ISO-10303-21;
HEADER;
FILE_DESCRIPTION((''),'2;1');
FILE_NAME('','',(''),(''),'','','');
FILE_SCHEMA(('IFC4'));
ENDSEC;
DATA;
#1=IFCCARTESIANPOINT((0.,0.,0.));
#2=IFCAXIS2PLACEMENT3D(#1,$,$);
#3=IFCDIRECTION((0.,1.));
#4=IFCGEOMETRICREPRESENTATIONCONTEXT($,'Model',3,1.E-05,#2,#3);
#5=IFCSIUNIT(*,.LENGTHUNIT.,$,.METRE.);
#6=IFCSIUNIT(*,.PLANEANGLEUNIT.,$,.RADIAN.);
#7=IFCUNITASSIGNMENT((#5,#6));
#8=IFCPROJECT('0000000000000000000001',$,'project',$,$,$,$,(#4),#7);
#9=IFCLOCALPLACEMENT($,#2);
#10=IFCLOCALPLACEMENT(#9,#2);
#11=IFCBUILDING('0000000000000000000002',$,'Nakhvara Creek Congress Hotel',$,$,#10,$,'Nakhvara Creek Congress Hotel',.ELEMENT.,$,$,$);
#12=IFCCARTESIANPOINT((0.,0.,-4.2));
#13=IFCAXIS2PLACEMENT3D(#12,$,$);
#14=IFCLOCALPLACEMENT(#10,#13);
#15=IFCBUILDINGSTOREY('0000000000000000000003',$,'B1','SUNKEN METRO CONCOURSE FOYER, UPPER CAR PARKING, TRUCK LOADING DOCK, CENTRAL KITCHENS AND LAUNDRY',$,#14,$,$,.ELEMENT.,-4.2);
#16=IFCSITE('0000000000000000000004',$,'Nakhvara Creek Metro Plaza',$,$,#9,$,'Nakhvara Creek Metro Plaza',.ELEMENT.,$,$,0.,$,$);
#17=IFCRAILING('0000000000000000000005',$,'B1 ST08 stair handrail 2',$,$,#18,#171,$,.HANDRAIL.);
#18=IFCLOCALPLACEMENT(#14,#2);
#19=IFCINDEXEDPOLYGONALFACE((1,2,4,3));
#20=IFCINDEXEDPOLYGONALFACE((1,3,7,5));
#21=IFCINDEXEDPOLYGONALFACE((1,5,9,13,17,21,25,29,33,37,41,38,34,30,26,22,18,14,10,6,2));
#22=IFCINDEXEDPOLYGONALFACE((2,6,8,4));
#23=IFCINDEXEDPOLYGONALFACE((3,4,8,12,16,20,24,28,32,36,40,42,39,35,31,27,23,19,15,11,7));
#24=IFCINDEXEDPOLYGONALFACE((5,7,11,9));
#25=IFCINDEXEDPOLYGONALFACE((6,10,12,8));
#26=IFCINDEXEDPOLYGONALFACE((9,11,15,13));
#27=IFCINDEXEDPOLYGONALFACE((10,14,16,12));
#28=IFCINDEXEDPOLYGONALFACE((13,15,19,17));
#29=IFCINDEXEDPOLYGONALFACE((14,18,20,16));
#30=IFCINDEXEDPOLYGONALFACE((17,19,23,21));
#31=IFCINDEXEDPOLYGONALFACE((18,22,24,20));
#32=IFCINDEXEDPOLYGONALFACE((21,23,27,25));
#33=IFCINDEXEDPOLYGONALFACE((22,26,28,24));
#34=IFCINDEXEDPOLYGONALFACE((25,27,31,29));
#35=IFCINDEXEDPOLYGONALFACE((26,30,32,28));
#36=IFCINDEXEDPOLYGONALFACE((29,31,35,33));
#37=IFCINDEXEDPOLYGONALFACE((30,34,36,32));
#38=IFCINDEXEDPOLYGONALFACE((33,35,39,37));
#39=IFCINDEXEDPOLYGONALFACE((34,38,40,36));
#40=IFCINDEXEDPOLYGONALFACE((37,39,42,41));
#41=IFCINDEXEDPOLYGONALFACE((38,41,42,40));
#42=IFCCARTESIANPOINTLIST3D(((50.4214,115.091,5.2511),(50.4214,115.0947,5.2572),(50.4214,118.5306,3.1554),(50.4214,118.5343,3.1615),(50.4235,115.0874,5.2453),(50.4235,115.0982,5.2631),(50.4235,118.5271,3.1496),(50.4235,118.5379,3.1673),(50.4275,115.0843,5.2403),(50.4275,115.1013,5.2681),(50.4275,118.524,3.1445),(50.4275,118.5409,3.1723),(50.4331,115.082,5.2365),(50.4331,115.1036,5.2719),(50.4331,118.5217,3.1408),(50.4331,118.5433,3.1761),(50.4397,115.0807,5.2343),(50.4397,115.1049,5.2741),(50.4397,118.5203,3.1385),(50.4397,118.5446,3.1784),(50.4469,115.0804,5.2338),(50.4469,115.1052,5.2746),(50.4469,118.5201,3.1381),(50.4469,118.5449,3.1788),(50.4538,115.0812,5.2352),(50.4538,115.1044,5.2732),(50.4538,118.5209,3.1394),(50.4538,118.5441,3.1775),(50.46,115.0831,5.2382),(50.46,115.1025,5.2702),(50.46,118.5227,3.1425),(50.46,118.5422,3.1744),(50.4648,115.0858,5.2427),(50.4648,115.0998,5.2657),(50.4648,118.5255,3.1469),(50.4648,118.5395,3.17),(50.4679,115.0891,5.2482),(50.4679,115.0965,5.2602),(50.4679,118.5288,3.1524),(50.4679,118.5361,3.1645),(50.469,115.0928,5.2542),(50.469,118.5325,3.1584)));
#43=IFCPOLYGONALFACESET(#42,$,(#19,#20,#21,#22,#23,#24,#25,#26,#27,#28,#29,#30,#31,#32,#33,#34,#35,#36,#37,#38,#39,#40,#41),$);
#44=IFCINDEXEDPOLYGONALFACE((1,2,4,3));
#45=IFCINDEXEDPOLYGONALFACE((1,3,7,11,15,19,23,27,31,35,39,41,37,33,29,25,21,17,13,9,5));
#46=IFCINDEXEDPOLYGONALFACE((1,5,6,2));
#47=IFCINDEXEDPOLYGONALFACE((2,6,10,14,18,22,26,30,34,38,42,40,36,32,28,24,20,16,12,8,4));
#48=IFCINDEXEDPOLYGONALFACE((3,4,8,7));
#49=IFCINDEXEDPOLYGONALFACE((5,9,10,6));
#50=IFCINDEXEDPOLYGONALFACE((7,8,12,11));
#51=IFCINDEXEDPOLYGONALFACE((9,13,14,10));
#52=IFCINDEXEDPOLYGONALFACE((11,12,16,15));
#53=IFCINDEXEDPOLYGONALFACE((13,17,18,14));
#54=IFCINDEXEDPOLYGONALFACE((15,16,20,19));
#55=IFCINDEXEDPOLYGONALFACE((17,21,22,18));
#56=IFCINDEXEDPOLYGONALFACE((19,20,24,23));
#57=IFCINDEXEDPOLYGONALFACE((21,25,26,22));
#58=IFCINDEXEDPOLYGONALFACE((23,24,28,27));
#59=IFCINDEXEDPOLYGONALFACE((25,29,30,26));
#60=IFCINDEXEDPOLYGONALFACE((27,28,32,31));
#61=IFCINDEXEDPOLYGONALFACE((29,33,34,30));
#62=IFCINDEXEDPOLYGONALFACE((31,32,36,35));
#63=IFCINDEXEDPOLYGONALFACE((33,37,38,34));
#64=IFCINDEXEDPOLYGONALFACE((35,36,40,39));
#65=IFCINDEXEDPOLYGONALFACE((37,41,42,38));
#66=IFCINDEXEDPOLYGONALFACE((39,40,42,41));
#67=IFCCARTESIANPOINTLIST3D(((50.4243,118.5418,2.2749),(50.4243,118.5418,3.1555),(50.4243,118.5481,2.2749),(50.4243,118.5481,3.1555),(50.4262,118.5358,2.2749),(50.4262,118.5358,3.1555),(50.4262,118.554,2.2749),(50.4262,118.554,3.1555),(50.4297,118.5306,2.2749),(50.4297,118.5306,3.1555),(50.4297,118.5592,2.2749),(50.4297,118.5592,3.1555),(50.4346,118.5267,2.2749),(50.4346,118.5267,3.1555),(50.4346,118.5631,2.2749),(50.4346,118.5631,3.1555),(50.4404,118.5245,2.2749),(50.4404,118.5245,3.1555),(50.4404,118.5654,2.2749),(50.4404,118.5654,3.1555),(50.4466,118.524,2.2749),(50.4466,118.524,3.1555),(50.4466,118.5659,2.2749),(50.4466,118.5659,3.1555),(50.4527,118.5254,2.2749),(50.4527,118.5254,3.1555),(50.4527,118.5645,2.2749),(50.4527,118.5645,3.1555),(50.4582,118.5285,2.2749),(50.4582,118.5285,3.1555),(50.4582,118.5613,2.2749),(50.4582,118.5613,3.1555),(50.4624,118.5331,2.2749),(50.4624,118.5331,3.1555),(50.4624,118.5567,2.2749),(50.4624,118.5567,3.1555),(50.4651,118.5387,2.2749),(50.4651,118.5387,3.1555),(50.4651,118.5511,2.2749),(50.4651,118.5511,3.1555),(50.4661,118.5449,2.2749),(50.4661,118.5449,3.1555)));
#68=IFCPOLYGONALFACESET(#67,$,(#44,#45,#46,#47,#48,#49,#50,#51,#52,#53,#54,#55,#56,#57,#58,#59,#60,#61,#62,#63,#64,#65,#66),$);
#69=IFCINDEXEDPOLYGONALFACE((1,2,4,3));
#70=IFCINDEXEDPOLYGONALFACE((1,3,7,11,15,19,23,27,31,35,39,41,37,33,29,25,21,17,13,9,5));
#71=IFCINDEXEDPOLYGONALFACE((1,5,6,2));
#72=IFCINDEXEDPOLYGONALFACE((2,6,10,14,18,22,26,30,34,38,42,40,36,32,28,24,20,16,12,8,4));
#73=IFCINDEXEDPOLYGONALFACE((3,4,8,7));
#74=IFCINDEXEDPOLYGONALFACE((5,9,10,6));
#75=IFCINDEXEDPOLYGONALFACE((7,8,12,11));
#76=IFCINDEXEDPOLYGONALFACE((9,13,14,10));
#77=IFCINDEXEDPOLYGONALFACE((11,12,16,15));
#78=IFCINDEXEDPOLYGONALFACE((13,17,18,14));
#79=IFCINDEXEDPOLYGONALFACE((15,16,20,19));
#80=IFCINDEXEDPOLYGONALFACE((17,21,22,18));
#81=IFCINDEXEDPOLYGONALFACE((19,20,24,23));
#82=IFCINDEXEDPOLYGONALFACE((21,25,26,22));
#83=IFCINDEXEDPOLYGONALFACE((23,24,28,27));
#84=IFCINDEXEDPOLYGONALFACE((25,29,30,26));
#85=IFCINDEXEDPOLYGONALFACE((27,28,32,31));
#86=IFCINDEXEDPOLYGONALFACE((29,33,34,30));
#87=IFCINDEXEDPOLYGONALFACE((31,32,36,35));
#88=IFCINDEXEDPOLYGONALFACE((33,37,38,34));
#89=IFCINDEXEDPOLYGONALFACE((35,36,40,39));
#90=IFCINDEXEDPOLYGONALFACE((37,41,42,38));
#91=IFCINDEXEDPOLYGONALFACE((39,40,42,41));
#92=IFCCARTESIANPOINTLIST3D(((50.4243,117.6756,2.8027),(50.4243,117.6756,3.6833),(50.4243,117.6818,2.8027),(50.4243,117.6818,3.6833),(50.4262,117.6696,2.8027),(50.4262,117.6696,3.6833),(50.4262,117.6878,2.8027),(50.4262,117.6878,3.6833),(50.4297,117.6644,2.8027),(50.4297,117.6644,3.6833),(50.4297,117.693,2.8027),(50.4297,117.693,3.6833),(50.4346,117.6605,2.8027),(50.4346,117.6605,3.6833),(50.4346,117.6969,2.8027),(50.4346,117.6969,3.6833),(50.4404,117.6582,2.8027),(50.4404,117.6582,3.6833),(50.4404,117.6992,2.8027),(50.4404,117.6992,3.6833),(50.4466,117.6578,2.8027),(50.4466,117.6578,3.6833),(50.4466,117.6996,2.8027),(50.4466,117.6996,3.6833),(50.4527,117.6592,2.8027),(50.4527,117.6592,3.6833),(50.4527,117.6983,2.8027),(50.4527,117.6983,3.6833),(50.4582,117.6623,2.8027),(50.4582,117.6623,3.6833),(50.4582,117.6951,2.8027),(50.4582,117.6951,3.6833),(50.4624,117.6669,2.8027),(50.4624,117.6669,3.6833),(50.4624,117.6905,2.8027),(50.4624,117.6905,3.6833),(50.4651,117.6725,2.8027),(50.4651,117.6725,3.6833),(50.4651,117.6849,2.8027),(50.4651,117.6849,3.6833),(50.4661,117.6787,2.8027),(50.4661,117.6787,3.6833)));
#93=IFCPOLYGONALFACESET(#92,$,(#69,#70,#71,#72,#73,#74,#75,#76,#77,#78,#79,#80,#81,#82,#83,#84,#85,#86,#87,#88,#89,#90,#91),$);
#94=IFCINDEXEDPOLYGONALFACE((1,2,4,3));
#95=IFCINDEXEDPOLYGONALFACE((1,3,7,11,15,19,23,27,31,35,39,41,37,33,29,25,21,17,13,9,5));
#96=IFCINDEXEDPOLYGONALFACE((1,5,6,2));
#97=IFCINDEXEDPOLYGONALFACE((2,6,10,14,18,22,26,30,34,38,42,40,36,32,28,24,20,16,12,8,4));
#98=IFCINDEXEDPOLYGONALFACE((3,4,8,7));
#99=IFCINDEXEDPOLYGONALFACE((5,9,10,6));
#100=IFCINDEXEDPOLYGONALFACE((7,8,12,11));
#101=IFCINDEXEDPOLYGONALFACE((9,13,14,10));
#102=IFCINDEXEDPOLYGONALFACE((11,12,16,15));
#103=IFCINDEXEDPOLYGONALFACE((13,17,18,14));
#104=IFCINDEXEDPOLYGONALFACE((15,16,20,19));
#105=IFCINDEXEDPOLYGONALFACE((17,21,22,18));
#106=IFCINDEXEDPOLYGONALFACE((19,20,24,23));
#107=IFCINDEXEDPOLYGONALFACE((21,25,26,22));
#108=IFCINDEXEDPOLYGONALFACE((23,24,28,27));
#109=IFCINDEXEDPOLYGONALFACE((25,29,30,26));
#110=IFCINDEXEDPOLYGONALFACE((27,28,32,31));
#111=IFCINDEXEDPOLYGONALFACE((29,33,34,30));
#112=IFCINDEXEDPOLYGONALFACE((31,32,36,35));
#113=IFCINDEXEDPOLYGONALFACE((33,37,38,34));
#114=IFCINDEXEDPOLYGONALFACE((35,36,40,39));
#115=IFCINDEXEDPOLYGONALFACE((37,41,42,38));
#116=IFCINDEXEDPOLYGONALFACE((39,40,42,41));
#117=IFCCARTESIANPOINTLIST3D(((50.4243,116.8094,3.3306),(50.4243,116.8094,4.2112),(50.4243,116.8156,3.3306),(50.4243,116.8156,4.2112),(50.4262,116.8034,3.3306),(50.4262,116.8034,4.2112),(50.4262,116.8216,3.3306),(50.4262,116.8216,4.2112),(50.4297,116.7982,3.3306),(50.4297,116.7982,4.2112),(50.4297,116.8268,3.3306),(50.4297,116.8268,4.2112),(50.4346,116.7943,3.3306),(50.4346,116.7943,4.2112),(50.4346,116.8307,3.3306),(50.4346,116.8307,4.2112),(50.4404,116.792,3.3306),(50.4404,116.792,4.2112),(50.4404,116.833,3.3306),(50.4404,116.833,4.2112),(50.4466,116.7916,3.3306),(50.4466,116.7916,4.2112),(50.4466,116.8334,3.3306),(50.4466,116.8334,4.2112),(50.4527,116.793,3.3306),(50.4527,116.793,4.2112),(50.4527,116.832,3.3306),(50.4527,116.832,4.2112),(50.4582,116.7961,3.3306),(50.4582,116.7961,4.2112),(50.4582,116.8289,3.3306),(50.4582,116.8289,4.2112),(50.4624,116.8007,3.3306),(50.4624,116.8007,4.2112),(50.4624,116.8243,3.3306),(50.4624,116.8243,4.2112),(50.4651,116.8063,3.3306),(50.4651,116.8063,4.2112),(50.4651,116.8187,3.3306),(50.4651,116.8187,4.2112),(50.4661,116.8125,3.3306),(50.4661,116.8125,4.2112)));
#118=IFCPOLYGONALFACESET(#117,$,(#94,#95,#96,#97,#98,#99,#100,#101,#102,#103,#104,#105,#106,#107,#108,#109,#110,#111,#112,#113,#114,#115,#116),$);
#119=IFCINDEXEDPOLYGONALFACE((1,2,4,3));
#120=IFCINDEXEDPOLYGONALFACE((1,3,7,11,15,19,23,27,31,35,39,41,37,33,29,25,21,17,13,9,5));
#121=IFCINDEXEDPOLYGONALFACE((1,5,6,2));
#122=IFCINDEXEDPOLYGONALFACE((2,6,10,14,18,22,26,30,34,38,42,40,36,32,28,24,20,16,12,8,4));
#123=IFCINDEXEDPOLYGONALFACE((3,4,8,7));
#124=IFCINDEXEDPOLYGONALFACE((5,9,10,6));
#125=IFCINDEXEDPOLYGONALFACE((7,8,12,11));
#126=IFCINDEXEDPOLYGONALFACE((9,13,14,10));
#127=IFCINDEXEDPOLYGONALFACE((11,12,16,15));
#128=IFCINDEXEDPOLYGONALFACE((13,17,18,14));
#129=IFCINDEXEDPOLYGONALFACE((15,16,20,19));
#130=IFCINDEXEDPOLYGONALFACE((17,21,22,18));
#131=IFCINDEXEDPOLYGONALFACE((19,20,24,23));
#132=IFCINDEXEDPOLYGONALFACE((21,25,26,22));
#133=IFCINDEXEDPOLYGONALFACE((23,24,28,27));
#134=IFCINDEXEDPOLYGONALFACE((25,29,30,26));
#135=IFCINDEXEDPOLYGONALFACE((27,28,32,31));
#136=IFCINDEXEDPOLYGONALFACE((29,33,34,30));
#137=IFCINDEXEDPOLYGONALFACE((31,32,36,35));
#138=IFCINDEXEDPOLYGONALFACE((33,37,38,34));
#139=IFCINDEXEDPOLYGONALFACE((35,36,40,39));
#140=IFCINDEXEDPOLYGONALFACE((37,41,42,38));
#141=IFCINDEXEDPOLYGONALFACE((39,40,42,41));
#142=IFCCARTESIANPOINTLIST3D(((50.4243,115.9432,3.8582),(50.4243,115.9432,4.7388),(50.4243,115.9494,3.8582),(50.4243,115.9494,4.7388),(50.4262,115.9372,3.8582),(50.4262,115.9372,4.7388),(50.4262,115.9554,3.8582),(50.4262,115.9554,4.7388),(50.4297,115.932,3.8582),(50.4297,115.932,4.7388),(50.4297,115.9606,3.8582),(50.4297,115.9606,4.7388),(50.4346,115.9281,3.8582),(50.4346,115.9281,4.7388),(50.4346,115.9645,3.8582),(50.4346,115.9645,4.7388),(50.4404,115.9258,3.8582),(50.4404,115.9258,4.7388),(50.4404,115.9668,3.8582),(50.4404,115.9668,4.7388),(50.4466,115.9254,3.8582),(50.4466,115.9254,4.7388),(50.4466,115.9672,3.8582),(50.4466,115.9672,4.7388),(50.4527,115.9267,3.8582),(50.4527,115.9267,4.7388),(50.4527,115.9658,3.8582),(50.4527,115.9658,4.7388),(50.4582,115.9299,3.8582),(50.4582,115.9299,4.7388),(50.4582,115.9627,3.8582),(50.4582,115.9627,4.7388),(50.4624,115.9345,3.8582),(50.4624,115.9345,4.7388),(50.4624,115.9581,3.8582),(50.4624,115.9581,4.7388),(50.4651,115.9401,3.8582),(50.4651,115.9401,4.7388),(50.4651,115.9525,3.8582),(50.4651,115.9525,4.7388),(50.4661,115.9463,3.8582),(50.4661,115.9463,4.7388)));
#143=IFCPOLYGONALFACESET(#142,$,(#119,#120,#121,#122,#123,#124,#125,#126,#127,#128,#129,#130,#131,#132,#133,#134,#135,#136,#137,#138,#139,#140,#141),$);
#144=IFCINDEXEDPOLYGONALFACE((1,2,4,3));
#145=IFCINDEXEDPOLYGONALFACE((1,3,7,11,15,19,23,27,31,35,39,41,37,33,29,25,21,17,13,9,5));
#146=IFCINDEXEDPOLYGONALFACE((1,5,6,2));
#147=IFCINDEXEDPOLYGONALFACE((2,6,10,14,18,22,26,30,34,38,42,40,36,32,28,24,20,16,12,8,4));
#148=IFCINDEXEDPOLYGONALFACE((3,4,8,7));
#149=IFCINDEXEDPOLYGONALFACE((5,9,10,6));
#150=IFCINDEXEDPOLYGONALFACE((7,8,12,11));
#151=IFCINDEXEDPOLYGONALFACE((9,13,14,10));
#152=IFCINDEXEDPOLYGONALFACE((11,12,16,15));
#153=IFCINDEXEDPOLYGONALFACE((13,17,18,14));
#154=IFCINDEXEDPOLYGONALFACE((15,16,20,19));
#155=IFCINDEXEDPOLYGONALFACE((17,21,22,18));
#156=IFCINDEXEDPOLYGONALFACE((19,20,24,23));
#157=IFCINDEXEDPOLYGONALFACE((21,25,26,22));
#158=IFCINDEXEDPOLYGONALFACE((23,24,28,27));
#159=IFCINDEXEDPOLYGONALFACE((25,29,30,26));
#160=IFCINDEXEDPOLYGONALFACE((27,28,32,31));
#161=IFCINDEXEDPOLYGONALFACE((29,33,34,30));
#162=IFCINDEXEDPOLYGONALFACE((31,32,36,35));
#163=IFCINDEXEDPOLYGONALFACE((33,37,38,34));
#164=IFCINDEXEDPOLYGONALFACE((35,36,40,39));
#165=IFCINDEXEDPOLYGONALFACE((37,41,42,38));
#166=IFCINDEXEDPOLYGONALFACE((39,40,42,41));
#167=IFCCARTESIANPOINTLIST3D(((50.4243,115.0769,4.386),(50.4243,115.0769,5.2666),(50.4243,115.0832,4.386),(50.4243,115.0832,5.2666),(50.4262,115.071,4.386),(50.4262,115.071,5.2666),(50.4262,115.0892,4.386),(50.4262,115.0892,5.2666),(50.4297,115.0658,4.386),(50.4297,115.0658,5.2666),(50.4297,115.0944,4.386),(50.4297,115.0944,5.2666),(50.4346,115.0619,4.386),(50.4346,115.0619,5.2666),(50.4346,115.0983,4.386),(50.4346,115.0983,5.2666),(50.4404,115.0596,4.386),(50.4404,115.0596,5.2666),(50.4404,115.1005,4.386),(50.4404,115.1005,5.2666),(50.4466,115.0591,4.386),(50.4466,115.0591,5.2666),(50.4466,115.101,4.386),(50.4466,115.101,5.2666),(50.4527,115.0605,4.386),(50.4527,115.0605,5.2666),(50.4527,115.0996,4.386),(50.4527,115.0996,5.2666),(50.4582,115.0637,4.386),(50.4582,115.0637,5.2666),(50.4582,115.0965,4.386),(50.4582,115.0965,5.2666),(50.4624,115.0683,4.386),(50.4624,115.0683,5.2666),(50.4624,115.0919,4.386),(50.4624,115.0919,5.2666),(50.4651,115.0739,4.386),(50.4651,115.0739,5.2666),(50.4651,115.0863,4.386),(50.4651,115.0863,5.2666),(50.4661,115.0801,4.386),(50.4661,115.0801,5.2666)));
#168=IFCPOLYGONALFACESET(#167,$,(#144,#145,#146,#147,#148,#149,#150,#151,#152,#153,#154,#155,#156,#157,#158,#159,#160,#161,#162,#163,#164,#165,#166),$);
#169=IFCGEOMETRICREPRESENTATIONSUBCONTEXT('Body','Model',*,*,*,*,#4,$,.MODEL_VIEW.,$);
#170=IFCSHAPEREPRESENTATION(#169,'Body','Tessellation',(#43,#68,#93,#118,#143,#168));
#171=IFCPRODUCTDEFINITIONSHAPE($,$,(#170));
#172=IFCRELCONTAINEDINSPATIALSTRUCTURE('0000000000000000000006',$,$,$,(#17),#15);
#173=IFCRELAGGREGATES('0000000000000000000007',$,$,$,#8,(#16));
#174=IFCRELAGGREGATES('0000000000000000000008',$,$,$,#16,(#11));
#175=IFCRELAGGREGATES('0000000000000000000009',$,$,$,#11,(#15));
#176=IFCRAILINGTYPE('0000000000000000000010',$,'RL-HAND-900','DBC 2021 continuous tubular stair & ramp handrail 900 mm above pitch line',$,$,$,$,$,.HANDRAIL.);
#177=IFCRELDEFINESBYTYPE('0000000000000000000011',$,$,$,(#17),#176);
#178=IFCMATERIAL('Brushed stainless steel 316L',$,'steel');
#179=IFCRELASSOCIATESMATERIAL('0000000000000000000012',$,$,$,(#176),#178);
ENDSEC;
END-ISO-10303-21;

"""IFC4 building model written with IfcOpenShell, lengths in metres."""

from ifc_helpers import new_model, si_unit, direction, frame, origin, origin_2d, place, context, subcontext, project, spatial, circle, extrude, material, type_object, element, save


model = new_model("IFC4")

# Units and contexts
model_context = context("Model", 3, precision=1e-05, world=origin(), true_north=direction((0.0, 1.0)))
body_context = subcontext(model_context, "Body", "Model", "MODEL_VIEW")
ifc_project = project(units=[si_unit("LENGTHUNIT", "METRE"), si_unit("PLANEANGLEUNIT", "RADIAN")], contexts=[model_context])

# Site, building, storey
site_placement = place(None, origin())
site = spatial("IfcSite", under=ifc_project, at=site_placement, Name="Nakhvara Creek Metro Plaza", LongName="Nakhvara Creek Metro Plaza", CompositionType="ELEMENT", RefElevation=0.0)
building_placement = place(site_placement, origin())
building = spatial("IfcBuilding", under=site, at=building_placement, Name="Nakhvara Creek Congress Hotel", LongName="Nakhvara Creek Congress Hotel", CompositionType="ELEMENT")
storey_placement = place(building_placement, frame((0.0, 0.0, -4.2)))
storey = spatial("IfcBuildingStorey", under=building, at=storey_placement, Name="B1", Description="SUNKEN METRO CONCOURSE FOYER, UPPER CAR PARKING, TRUCK LOADING DOCK, CENTRAL KITCHENS AND LAUNDRY", CompositionType="ELEMENT", Elevation=-4.2)

# Railing
ifc_material_1 = material(Name="Brushed stainless steel 316L", Category="steel")
railing_type_1 = type_object("IfcRailingType", Name="RL-HAND-900", Description="DBC 2021 continuous tubular stair & ramp handrail 900 mm above pitch line", PredefinedType="HANDRAIL", material=ifc_material_1)
railing_1_placement = place(storey_placement, frame((50.4451, 118.5449, 2.2749)))
element("IfcRailing", 1, at=railing_1_placement, inside=storey, type_object=railing_type_1, Name="B1 ST08 stair handrail 2", PredefinedType="HANDRAIL", context=body_context, shape_type="SweptSolid", body=[
    extrude(circle(Radius=0.0239, at=origin_2d()), frame((0.0, -0.0125, 0.8835), z_axis=(0.0, -0.853974, 0.520315), x_axis=(1.0, 0.0, 0.0)), (0.0, 0.0, 1.0), 4.0278),
    extrude(circle(Radius=0.021, at=origin_2d()), origin(), (0.0, 0.0, 1.0), 0.8806),
    extrude(circle(Radius=0.021, at=origin_2d()), frame((0.0, -0.8662, 0.5278)), (0.0, 0.0, 1.0), 0.8806),
    extrude(circle(Radius=0.021, at=origin_2d()), frame((0.0, -1.7324, 1.0557)), (0.0, 0.0, 1.0), 0.8806),
    extrude(circle(Radius=0.021, at=origin_2d()), frame((0.0, -2.5986, 1.5833)), (0.0, 0.0, 1.0), 0.8806),
    extrude(circle(Radius=0.021, at=origin_2d()), frame((0.0, -3.4648, 2.1111)), (0.0, 0.0, 1.0), 0.8806),
])

save(model, "model.ifc")
